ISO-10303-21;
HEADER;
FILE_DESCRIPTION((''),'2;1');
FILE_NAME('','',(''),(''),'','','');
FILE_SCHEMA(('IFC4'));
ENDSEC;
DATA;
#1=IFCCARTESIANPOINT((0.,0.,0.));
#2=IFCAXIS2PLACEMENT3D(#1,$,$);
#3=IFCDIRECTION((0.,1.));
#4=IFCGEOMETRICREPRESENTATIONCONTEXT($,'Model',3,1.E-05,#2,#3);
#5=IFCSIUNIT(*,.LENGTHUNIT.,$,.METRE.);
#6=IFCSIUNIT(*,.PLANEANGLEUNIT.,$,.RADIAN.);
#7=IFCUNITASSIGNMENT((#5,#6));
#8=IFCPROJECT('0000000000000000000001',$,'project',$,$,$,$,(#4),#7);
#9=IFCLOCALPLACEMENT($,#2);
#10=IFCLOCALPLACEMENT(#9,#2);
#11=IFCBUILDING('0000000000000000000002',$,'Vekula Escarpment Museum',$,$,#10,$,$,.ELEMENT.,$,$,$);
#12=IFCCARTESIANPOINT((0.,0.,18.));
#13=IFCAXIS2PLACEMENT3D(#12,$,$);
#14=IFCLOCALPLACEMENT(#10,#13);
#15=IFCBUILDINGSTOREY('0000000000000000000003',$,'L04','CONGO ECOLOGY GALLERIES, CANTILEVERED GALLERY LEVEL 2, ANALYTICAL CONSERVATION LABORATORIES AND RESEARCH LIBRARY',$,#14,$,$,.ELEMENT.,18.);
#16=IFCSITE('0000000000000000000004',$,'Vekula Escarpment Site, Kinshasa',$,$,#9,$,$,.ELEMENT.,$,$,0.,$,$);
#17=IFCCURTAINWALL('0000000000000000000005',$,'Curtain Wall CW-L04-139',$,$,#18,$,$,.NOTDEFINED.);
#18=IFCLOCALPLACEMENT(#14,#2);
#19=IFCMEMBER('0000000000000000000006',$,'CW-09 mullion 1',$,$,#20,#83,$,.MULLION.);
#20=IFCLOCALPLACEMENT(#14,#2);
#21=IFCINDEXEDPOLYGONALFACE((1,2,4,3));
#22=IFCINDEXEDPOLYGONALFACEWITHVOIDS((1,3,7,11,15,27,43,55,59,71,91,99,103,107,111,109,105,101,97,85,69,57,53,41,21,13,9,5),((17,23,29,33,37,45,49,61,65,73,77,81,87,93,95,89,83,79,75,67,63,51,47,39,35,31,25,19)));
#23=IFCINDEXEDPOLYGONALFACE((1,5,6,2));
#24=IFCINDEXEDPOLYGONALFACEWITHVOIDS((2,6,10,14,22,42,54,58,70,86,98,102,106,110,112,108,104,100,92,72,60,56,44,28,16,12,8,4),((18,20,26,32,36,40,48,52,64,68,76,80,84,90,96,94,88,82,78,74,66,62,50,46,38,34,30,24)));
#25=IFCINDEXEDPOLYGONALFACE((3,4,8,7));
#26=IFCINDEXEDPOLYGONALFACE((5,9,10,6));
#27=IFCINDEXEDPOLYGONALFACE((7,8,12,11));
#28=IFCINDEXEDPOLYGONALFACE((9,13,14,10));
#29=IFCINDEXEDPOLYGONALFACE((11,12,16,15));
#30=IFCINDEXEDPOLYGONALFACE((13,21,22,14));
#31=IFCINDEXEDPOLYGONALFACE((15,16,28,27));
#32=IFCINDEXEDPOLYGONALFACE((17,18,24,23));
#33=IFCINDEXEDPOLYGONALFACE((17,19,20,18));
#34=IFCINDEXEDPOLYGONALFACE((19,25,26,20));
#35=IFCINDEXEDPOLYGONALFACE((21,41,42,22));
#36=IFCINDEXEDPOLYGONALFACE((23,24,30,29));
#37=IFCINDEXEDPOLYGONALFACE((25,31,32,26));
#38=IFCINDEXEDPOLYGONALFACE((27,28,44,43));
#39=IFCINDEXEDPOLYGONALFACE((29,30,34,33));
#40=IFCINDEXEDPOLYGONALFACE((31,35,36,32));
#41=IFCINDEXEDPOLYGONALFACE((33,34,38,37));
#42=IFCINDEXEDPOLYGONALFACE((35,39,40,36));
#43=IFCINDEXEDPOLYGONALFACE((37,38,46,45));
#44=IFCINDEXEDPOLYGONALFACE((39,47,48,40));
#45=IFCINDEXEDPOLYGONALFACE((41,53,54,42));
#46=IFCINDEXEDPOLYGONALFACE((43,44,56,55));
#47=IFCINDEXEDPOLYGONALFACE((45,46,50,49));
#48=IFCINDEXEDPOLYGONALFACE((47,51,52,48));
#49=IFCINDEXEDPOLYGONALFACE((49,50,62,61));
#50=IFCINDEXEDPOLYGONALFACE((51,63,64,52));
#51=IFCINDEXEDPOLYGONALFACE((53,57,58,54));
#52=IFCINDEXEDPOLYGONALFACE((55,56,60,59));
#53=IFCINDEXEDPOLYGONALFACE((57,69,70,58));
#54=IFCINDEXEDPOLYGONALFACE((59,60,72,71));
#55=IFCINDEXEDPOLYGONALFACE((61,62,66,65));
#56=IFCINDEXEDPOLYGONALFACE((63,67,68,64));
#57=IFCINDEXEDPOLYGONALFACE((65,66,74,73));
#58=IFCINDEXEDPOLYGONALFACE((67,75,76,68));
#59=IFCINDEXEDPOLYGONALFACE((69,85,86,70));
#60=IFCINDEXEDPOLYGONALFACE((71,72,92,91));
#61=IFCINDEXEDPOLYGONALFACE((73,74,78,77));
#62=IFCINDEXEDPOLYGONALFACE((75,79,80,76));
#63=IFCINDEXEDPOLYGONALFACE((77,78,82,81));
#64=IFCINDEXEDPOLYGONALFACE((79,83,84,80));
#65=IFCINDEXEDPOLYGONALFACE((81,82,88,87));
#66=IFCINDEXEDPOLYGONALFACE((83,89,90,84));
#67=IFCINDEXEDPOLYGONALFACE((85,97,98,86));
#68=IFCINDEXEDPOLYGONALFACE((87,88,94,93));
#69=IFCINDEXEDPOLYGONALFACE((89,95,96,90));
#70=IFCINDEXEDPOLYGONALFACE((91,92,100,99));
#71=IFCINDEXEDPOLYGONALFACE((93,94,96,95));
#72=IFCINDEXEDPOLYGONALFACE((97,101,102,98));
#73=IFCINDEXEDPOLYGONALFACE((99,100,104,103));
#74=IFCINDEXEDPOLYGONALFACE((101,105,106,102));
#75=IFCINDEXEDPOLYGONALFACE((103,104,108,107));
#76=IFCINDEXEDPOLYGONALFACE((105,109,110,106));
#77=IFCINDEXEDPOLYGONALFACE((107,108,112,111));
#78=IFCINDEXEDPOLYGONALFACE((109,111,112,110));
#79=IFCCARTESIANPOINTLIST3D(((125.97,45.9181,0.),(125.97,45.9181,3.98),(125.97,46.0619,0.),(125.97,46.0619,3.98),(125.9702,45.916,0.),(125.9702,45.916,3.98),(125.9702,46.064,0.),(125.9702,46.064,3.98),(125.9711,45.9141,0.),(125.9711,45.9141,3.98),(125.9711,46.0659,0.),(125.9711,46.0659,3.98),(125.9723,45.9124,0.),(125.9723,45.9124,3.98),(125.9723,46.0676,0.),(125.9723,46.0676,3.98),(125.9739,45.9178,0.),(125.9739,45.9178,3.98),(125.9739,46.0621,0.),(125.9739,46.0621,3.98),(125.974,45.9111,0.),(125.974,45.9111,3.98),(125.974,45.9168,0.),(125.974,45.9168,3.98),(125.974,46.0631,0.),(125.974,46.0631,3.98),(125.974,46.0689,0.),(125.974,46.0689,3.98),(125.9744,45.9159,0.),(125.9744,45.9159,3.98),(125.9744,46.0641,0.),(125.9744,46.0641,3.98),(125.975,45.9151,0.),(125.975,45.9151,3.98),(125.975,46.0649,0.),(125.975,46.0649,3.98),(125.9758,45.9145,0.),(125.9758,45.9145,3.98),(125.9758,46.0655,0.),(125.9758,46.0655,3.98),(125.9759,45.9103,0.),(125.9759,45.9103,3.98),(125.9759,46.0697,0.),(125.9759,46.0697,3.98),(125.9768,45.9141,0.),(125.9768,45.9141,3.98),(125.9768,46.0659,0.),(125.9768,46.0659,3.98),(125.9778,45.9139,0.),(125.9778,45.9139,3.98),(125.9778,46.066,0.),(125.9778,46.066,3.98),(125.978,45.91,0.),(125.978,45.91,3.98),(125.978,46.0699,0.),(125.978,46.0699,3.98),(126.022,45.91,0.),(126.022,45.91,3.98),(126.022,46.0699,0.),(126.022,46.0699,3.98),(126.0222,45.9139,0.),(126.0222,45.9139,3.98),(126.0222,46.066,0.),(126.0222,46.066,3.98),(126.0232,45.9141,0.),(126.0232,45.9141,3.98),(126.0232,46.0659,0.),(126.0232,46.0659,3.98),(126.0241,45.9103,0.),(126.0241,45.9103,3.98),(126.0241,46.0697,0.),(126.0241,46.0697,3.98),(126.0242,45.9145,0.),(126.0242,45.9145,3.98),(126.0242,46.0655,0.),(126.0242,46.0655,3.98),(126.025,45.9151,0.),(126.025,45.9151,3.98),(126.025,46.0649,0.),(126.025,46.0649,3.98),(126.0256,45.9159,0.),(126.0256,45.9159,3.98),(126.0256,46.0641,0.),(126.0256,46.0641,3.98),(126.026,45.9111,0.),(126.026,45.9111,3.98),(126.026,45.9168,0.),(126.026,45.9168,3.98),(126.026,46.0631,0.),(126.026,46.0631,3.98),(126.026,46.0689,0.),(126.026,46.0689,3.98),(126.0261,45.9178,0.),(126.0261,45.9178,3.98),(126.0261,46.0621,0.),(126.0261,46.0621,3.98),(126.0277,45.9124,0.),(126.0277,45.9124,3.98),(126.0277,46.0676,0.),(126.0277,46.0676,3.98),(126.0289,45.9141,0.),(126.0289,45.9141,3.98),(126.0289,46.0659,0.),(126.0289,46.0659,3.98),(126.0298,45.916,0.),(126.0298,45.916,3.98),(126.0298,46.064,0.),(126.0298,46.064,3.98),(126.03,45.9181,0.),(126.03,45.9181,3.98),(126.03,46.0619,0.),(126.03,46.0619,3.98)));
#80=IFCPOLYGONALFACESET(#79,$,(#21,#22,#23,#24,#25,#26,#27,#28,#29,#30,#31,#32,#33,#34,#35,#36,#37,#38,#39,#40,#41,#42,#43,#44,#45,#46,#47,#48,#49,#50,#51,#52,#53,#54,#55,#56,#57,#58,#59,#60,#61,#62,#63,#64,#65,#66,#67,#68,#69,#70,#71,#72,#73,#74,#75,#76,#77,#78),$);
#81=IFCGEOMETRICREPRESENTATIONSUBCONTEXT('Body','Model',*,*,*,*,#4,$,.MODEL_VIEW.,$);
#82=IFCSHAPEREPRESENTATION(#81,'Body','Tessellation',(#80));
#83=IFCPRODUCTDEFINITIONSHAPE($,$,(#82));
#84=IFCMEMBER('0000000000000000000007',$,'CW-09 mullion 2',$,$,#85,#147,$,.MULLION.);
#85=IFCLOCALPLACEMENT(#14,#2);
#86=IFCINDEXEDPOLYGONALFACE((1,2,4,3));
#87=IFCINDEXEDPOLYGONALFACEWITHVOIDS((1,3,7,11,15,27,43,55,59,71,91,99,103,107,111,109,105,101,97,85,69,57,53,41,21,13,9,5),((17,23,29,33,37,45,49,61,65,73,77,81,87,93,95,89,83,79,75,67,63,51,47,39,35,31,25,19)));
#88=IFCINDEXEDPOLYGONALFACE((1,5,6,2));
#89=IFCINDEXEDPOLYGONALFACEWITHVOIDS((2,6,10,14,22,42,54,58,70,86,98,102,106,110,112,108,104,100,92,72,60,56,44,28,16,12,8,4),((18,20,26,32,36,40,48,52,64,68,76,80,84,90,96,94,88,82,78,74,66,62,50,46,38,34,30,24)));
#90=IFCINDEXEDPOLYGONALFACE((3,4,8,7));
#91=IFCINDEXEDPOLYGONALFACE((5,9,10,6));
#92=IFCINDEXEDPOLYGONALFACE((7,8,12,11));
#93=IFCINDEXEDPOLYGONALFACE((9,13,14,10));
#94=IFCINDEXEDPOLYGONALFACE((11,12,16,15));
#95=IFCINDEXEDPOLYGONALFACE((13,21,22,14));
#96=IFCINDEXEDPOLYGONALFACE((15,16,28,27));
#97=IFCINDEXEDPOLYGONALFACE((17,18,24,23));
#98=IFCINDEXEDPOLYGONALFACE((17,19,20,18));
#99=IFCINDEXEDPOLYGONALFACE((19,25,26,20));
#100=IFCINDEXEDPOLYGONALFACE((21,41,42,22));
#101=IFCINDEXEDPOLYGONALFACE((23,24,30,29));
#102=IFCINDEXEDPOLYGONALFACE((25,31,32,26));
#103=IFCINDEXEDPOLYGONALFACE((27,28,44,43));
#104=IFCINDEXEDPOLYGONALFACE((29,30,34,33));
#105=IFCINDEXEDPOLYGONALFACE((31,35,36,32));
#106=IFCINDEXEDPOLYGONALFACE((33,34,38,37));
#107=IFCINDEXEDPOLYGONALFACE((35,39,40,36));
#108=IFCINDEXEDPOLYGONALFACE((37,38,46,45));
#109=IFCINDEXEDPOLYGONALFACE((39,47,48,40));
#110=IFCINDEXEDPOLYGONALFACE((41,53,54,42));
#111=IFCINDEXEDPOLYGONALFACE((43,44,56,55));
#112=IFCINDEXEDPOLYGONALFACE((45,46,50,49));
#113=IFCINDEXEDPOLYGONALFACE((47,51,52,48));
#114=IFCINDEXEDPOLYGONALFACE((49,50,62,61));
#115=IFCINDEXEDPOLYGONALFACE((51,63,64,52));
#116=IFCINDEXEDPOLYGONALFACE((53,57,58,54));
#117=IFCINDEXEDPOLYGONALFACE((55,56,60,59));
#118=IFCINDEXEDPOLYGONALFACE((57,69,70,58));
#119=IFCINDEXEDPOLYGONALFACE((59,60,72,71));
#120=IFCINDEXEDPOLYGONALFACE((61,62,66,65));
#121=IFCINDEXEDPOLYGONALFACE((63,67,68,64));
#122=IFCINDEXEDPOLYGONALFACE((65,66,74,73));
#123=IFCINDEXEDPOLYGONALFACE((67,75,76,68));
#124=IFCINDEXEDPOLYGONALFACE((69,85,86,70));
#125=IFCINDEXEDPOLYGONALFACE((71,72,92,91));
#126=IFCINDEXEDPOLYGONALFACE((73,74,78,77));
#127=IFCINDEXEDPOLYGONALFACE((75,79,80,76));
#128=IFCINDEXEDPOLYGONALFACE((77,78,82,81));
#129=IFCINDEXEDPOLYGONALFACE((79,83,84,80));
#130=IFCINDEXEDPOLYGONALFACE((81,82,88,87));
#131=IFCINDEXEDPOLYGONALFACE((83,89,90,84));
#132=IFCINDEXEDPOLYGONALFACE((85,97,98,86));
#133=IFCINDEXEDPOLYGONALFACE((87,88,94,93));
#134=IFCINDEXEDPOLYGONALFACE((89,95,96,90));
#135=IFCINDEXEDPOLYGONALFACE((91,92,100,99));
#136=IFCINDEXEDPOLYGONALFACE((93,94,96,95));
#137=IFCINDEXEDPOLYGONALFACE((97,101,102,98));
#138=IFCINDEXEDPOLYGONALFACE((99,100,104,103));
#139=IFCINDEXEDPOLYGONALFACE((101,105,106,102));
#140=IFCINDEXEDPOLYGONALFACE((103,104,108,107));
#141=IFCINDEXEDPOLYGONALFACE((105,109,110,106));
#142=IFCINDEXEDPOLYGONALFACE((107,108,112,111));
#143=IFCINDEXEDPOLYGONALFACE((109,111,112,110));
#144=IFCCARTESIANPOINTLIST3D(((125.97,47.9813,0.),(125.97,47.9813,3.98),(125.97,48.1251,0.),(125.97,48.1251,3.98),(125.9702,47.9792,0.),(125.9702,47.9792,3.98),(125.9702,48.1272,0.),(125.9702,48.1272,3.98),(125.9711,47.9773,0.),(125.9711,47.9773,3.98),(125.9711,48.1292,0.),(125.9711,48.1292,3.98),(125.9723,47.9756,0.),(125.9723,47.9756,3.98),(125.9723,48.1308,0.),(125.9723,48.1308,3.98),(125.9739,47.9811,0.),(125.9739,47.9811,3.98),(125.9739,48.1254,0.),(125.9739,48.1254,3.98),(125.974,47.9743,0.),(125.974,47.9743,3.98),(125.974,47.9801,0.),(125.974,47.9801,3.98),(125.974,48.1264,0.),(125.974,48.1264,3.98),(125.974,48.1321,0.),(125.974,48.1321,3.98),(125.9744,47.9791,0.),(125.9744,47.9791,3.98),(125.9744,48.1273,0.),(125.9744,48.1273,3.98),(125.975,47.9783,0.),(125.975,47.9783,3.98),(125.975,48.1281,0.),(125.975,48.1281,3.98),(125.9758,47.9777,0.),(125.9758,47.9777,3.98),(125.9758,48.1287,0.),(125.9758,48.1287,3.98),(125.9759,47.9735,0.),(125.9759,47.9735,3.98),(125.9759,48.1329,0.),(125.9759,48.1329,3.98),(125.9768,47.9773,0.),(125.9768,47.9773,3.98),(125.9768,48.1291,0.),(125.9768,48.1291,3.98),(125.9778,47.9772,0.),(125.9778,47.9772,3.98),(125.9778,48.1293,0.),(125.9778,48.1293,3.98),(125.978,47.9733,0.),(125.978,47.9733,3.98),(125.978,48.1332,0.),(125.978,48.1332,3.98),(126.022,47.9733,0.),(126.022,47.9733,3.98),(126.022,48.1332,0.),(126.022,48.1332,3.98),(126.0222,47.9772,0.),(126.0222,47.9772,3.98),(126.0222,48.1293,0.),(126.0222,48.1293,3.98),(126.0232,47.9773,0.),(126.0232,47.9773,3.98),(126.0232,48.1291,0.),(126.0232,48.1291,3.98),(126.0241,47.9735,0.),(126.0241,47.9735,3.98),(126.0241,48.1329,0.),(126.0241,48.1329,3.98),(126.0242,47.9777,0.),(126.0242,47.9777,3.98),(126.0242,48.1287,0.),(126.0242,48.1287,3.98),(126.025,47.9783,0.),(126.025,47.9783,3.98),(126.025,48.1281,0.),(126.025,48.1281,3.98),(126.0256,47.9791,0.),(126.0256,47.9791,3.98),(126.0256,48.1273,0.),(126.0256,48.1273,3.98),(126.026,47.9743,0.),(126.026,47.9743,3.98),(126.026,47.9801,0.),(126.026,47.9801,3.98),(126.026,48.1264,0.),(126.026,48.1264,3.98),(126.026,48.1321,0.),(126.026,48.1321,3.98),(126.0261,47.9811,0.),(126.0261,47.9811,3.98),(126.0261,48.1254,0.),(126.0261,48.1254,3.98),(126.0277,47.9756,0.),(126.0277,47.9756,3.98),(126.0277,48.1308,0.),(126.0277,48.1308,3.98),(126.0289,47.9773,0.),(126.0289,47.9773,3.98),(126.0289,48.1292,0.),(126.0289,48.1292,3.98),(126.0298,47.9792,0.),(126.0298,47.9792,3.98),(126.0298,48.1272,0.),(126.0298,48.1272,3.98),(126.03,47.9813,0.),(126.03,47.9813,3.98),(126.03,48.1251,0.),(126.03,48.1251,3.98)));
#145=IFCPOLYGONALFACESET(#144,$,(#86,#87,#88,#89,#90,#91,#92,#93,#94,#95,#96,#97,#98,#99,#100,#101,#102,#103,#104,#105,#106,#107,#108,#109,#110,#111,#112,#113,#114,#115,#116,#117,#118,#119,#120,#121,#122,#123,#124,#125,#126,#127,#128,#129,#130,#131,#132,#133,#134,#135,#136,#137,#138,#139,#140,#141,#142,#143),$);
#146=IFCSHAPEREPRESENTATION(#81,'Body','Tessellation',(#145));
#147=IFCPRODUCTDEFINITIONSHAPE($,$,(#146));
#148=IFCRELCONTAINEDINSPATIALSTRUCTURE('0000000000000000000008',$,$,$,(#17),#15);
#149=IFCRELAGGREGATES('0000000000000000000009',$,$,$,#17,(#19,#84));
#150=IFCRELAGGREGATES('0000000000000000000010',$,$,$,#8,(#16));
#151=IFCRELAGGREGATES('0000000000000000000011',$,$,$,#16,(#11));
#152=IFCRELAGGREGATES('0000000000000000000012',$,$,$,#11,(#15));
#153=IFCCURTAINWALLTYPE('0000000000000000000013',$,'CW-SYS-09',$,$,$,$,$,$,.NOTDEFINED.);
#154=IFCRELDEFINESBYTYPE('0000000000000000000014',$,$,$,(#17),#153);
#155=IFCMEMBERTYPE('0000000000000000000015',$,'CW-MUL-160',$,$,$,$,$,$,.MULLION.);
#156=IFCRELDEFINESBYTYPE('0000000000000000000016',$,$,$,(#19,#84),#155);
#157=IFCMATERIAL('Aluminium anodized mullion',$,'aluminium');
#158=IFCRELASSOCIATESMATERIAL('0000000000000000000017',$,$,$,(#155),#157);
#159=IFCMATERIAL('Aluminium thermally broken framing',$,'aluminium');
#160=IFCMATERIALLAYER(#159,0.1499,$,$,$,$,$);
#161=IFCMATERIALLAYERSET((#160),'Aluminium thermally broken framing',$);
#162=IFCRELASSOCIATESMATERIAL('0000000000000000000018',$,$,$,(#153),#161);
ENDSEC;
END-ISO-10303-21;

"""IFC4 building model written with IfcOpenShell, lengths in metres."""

from ifc_helpers import new_model, si_unit, direction, frame, origin, origin_2d, place, context, subcontext, project, spatial, hollow_rectangle, extrude, material, layer, layer_set, material_profile, profile_set, type_object, element, aggregate, save


model = new_model("IFC4")

# Units and contexts
model_context = context("Model", 3, precision=1e-05, world=origin(), true_north=direction((0.0, 1.0)))
body_context = subcontext(model_context, "Body", "Model", "MODEL_VIEW")
ifc_project = project(units=[si_unit("LENGTHUNIT", "METRE"), si_unit("PLANEANGLEUNIT", "RADIAN")], contexts=[model_context])

# Site, building, storey
site_placement = place(None, origin())
site = spatial("IfcSite", under=ifc_project, at=site_placement, Name="Vekula Escarpment Site, Kinshasa", CompositionType="ELEMENT", RefElevation=0.0)
building_placement = place(site_placement, origin())
building = spatial("IfcBuilding", under=site, at=building_placement, Name="Vekula Escarpment Museum", CompositionType="ELEMENT")
storey_placement = place(building_placement, frame((0.0, 0.0, 18.0)))
storey = spatial("IfcBuildingStorey", under=building, at=storey_placement, Name="L04", Description="CONGO ECOLOGY GALLERIES, CANTILEVERED GALLERY LEVEL 2, ANALYTICAL CONSERVATION LABORATORIES AND RESEARCH LIBRARY", CompositionType="ELEMENT", Elevation=18.0)

# Shared definitions
ifc_material_1 = material(Name="Aluminium anodized mullion", Category="aluminium")
ifc_material_profile_1 = material_profile(ifc_material_1, hollow_rectangle(XDim=0.0601, YDim=0.1599, WallThickness=0.0039, InnerFilletRadius=0.0039, OuterFilletRadius=0.0081, at=origin_2d()), Name="ALU 160x60x4")
ifc_profile_set_1 = profile_set([ifc_material_profile_1], Name="Aluminium anodized mullion")
member_type_1 = type_object("IfcMemberType", Name="CW-MUL-160", PredefinedType="MULLION", material=ifc_profile_set_1)

# Curtain wall, members
ifc_material_2 = material(Name="Aluminium thermally broken framing", Category="aluminium")
ifc_layer_1 = layer(ifc_material_2, 0.1499)
ifc_layer_set_1 = layer_set([ifc_layer_1], Name="Aluminium thermally broken framing")
curtain_wall_type_1 = type_object("IfcCurtainWallType", Name="CW-SYS-09", PredefinedType="NOTDEFINED", material=ifc_layer_set_1)
curtain_wall_1_placement = place(storey_placement, origin())
curtain_wall_1 = element("IfcCurtainWall", 1, at=curtain_wall_1_placement, inside=storey, type_object=curtain_wall_type_1, Name="Curtain Wall CW-L04-139", PredefinedType="NOTDEFINED")
member_1_placement = place(storey_placement, frame((126.0, 45.99, 0.0), z_axis=(0.0, 0.0, 1.0), x_axis=(-1.0, 0.0, 0.0)))
member_1 = element("IfcMember", 2, at=member_1_placement, type_object=member_type_1, Name="CW-09 mullion 1", PredefinedType="MULLION", context=body_context, shape_type="SweptSolid", body=[
    extrude(hollow_rectangle(XDim=0.0601, YDim=0.1599, WallThickness=0.0039, InnerFilletRadius=0.0039, OuterFilletRadius=0.0081, at=origin_2d()), origin(), (0.0, 0.0, 1.0), 3.98),
])
member_2_placement = place(storey_placement, frame((126.0, 48.0532, 0.0), z_axis=(0.0, 0.0, 1.0), x_axis=(-1.0, 0.0, 0.0)))
member_2 = element("IfcMember", 3, at=member_2_placement, type_object=member_type_1, Name="CW-09 mullion 2", PredefinedType="MULLION", context=body_context, shape_type="SweptSolid", body=[
    extrude(hollow_rectangle(XDim=0.0601, YDim=0.1599, WallThickness=0.0039, InnerFilletRadius=0.0039, OuterFilletRadius=0.0081, at=origin_2d()), origin(), (0.0, 0.0, 1.0), 3.98),
])

aggregate(curtain_wall_1, [member_1, member_2])

save(model, "model.ifc")
